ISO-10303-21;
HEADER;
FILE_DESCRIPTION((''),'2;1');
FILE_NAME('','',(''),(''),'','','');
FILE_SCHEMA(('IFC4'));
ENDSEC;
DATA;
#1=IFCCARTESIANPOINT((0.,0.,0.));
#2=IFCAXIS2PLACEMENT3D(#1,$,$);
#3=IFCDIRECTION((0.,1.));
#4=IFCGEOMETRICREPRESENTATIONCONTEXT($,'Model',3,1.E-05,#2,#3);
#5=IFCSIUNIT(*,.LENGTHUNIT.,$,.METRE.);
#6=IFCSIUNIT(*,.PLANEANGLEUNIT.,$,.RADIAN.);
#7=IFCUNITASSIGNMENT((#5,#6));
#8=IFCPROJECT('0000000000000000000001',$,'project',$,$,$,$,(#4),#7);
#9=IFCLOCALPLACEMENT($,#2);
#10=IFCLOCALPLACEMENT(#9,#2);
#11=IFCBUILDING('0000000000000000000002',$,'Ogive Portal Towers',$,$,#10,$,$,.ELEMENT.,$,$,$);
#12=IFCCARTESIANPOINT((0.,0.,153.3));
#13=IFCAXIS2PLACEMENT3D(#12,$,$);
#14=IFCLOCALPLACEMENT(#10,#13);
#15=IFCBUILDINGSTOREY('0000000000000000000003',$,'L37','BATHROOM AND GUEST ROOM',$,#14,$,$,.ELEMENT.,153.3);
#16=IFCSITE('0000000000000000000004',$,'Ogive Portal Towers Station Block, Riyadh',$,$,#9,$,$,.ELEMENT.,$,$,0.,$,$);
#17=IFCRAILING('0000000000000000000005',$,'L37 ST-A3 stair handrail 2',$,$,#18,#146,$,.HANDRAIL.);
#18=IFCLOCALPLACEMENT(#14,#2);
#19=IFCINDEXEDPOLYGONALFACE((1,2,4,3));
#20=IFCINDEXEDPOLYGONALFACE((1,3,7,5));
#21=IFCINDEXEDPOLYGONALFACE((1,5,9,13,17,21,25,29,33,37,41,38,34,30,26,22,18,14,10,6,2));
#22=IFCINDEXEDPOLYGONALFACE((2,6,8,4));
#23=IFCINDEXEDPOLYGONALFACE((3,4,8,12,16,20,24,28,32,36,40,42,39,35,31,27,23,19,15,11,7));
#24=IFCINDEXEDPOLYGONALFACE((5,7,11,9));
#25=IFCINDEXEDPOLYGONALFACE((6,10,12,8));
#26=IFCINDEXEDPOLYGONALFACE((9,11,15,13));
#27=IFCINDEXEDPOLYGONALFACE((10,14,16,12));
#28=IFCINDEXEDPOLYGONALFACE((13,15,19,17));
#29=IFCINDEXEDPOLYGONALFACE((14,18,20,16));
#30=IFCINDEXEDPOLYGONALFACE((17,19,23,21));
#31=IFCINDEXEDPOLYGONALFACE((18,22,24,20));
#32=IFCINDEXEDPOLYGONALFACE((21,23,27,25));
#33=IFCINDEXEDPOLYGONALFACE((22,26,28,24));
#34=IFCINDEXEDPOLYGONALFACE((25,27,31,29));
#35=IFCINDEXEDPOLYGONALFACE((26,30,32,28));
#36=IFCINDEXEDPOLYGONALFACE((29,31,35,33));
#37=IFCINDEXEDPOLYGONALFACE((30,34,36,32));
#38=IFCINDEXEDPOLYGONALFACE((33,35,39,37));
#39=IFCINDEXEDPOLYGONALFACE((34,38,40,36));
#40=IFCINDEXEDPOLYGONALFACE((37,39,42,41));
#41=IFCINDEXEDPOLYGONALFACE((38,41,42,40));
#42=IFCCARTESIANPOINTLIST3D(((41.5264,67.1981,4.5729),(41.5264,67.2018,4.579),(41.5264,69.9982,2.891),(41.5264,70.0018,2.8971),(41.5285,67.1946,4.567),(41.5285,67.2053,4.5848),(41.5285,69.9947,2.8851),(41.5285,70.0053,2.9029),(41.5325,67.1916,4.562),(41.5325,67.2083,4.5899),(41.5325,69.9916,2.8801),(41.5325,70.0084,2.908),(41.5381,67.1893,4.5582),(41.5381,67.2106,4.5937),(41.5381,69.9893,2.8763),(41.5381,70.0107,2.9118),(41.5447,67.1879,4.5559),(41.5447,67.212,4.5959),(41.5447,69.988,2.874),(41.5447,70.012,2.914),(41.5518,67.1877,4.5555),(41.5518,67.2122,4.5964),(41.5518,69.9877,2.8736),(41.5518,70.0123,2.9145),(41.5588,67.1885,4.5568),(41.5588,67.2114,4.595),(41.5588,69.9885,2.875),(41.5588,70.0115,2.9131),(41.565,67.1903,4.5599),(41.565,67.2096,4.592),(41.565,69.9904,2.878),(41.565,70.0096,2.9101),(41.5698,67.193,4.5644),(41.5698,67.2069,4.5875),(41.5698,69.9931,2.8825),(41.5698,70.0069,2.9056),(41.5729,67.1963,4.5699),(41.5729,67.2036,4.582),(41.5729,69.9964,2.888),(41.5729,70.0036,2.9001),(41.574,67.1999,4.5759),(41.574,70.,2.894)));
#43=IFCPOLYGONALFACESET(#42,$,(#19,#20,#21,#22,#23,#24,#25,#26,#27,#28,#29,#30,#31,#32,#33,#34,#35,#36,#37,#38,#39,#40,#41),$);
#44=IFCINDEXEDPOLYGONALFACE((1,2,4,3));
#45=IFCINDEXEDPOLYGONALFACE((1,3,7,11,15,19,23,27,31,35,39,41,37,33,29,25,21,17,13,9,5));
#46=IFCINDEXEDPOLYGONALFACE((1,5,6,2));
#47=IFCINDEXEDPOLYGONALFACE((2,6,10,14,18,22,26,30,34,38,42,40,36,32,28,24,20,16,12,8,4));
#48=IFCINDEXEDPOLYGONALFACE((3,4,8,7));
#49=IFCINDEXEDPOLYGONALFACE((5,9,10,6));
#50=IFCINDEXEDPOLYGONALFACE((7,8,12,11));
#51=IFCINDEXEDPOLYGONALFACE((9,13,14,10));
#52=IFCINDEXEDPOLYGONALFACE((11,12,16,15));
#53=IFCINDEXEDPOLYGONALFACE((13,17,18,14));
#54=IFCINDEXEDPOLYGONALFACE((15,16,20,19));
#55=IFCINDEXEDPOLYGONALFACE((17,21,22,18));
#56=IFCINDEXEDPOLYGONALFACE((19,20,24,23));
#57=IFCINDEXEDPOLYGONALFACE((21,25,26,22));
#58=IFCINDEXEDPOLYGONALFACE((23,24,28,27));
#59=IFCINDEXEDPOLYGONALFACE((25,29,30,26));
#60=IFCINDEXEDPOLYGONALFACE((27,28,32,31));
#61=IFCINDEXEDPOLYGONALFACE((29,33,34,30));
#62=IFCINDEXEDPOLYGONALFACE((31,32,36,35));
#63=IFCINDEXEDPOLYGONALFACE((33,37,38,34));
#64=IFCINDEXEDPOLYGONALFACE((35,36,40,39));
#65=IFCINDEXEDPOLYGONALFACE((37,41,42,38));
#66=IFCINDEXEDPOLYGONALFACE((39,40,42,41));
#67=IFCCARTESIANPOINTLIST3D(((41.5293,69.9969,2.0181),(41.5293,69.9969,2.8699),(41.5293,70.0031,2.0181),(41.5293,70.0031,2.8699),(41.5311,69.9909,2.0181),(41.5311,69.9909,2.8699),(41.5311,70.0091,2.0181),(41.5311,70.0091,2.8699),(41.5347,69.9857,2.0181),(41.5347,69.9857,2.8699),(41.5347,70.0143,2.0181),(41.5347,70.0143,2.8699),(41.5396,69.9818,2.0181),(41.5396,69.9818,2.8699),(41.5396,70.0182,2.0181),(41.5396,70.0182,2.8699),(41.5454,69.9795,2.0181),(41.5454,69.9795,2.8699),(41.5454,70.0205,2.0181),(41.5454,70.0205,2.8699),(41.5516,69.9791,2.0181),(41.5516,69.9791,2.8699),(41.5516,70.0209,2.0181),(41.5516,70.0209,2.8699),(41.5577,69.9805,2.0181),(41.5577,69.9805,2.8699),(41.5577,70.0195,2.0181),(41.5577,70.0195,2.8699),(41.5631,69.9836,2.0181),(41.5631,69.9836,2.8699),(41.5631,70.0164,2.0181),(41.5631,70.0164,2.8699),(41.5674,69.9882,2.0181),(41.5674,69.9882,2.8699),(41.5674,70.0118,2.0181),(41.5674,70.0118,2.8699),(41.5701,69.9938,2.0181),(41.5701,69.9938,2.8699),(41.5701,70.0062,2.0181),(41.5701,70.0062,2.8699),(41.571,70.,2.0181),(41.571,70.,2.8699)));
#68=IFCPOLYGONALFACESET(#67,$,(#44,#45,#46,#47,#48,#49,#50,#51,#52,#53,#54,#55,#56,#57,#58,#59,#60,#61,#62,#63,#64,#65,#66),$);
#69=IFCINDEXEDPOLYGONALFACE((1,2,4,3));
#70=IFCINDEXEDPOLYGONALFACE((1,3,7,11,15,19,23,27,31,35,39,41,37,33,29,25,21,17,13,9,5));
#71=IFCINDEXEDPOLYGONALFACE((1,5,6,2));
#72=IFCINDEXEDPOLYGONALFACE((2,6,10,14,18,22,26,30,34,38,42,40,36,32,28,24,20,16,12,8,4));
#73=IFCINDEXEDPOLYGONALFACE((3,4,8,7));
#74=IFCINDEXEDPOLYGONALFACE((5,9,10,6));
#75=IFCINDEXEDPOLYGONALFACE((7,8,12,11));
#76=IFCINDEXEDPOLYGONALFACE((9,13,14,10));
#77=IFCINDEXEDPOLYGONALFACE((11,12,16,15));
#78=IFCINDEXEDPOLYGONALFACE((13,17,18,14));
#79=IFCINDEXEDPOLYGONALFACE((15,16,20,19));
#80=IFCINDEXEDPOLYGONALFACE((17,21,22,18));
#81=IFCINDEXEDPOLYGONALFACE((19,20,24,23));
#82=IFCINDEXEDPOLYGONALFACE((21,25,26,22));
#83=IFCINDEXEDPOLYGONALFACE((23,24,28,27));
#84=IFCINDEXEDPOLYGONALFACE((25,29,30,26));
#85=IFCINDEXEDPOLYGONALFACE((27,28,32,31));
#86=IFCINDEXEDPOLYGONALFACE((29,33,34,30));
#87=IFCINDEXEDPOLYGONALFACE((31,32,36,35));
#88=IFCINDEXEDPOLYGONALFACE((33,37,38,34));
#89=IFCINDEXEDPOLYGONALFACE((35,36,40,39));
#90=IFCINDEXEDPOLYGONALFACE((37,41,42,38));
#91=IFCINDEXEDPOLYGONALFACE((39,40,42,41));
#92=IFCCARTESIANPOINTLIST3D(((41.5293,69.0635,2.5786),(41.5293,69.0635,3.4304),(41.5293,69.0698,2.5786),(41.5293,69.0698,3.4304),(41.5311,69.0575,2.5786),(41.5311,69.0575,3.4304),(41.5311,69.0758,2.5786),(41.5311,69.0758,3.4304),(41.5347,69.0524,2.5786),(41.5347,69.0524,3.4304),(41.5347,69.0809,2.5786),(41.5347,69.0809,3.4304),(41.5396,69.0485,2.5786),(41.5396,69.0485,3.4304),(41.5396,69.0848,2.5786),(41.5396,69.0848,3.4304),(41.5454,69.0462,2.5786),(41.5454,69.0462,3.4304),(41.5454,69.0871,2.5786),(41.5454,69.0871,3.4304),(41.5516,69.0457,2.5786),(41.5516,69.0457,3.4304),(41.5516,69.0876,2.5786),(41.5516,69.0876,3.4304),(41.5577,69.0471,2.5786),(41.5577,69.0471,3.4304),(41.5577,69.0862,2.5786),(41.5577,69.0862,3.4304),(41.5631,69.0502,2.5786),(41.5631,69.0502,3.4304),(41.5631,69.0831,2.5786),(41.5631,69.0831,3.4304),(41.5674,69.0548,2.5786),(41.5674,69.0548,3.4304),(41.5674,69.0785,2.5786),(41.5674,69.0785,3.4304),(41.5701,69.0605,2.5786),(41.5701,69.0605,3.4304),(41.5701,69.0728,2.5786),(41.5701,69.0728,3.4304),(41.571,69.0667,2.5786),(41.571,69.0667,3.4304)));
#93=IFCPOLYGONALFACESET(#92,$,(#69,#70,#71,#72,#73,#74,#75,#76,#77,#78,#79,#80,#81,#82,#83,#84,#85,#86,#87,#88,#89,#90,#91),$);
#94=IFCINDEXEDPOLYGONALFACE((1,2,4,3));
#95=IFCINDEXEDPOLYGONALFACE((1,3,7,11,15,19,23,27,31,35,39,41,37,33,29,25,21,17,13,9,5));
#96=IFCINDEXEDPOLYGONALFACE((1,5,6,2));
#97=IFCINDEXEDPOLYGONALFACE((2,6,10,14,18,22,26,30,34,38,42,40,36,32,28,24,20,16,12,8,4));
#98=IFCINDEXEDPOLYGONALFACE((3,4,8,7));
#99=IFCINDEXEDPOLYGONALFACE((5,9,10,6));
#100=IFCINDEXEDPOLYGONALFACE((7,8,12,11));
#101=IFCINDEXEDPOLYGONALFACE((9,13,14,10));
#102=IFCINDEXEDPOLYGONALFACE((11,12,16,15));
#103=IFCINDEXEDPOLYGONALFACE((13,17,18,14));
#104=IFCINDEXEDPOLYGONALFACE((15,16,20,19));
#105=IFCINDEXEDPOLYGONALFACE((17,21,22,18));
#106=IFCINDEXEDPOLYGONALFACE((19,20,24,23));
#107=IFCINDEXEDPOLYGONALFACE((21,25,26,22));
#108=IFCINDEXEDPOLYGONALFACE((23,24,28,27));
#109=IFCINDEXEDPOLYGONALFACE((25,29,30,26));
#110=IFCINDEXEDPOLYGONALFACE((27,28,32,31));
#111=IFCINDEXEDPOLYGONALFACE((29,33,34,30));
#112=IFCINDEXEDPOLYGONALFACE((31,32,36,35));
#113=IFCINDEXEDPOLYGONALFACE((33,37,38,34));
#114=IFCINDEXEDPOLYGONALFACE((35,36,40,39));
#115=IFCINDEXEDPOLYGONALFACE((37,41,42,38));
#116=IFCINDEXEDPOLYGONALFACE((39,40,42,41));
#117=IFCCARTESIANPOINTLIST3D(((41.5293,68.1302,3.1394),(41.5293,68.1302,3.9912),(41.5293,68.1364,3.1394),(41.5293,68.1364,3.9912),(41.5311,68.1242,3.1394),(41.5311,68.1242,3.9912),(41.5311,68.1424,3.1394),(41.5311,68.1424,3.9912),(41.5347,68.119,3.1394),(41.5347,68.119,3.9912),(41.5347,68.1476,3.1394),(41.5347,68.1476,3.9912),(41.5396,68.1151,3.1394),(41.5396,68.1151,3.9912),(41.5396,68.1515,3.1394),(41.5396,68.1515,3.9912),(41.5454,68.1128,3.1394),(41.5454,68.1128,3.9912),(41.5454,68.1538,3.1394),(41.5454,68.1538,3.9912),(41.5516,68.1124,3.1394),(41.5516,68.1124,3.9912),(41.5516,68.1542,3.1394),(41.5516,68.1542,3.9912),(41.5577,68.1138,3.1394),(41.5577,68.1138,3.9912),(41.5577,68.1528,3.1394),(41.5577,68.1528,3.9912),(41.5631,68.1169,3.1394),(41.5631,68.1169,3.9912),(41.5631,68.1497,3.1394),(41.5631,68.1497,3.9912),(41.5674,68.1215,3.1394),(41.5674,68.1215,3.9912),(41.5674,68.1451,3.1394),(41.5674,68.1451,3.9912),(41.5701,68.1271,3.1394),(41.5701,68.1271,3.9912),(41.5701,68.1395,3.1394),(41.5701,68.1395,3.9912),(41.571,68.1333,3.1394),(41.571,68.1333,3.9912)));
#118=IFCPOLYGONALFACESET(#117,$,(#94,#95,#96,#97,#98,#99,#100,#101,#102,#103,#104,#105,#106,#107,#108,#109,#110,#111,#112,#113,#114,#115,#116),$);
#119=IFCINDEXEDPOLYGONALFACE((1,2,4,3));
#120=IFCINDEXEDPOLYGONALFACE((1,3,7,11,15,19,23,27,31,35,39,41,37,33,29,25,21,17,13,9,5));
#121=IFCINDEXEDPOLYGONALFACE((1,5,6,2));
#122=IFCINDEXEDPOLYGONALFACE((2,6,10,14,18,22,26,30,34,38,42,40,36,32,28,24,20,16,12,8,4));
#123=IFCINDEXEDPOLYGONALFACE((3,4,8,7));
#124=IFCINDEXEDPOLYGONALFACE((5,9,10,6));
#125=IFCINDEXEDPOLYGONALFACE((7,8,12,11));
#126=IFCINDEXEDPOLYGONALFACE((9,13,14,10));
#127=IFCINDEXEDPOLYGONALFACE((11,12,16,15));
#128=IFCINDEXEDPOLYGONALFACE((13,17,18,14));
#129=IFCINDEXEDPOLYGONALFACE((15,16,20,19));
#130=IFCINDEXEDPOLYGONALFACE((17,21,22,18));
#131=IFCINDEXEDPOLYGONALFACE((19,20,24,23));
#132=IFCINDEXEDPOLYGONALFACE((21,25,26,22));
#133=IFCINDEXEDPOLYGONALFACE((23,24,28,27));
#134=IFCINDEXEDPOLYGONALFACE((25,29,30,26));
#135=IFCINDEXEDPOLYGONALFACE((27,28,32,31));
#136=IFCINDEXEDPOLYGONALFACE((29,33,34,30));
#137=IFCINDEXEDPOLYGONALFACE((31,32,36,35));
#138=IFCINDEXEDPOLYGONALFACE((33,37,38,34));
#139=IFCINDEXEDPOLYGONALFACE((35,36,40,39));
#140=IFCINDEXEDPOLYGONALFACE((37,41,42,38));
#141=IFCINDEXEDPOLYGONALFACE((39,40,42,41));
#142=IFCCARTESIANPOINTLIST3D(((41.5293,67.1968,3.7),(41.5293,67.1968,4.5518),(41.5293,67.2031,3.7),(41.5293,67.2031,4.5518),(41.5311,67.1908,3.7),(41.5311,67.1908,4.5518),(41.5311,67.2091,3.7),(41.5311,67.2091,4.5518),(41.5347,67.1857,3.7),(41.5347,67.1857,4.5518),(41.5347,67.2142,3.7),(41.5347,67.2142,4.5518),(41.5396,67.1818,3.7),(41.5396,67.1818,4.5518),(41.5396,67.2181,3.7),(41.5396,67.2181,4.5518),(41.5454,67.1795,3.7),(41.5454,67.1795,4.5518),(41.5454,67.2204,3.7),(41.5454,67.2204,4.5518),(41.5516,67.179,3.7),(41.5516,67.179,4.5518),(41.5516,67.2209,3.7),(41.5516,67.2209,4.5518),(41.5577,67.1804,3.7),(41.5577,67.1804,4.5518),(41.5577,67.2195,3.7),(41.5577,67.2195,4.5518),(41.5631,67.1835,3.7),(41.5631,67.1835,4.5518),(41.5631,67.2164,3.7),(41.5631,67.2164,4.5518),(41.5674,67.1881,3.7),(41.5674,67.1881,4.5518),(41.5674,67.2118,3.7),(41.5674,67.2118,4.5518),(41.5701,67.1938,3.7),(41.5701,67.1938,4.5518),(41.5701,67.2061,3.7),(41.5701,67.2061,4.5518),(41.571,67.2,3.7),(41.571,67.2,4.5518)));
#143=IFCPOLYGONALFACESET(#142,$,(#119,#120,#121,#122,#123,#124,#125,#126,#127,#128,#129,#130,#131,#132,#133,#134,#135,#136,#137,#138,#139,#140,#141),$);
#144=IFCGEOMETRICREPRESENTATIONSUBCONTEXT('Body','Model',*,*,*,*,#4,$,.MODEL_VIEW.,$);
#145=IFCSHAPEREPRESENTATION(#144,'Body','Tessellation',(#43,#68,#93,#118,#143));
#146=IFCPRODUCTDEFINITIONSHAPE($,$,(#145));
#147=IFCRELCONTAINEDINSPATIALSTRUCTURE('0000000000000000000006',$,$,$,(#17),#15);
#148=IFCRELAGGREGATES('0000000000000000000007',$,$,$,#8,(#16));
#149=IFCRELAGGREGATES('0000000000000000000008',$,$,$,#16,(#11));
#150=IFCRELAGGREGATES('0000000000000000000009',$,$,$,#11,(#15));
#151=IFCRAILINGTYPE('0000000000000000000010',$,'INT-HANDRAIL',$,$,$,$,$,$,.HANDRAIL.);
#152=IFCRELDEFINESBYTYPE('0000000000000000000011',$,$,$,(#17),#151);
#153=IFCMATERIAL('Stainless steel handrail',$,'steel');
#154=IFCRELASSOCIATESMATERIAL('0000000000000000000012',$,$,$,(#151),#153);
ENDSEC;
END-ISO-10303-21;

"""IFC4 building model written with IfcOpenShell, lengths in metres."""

from ifc_helpers import new_model, si_unit, direction, frame, origin, origin_2d, place, context, subcontext, project, spatial, circle, extrude, material, type_object, element, save


model = new_model("IFC4")

# Units and contexts
model_context = context("Model", 3, precision=1e-05, world=origin(), true_north=direction((0.0, 1.0)))
body_context = subcontext(model_context, "Body", "Model", "MODEL_VIEW")
ifc_project = project(units=[si_unit("LENGTHUNIT", "METRE"), si_unit("PLANEANGLEUNIT", "RADIAN")], contexts=[model_context])

# Site, building, storey
site_placement = place(None, origin())
site = spatial("IfcSite", under=ifc_project, at=site_placement, Name="Ogive Portal Towers Station Block, Riyadh", CompositionType="ELEMENT", RefElevation=0.0)
building_placement = place(site_placement, origin())
building = spatial("IfcBuilding", under=site, at=building_placement, Name="Ogive Portal Towers", CompositionType="ELEMENT")
storey_placement = place(building_placement, frame((0.0, 0.0, 153.3)))
storey = spatial("IfcBuildingStorey", under=building, at=storey_placement, Name="L37", Description="BATHROOM AND GUEST ROOM", CompositionType="ELEMENT", Elevation=153.3)

# Railing
ifc_material_1 = material(Name="Stainless steel handrail", Category="steel")
railing_type_1 = type_object("IfcRailingType", Name="INT-HANDRAIL", PredefinedType="HANDRAIL", material=ifc_material_1)
railing_1_placement = place(storey_placement, frame((41.55, 70.0, 2.0181)))
element("IfcRailing", 1, at=railing_1_placement, inside=storey, type_object=railing_type_1, Name="L37 ST-A3 stair handrail 2", PredefinedType="HANDRAIL", context=body_context, shape_type="SweptSolid", body=[
    extrude(circle(Radius=0.0239, at=origin_2d()), frame((0.0, 0.0, 0.876), z_axis=(0.0, -0.857242, 0.514913), x_axis=(1.0, 0.0, 0.0)), (0.0, 0.0, 1.0), 3.2664),
    extrude(circle(Radius=0.021, at=origin_2d()), origin(), (0.0, 0.0, 1.0), 0.8518),
    extrude(circle(Radius=0.021, at=origin_2d()), frame((0.0, -0.9333, 0.5605)), (0.0, 0.0, 1.0), 0.8518),
    extrude(circle(Radius=0.021, at=origin_2d()), frame((0.0, -1.8667, 1.1213)), (0.0, 0.0, 1.0), 0.8518),
    extrude(circle(Radius=0.021, at=origin_2d()), frame((0.0, -2.8, 1.6819)), (0.0, 0.0, 1.0), 0.8518),
])

save(model, "model.ifc")
